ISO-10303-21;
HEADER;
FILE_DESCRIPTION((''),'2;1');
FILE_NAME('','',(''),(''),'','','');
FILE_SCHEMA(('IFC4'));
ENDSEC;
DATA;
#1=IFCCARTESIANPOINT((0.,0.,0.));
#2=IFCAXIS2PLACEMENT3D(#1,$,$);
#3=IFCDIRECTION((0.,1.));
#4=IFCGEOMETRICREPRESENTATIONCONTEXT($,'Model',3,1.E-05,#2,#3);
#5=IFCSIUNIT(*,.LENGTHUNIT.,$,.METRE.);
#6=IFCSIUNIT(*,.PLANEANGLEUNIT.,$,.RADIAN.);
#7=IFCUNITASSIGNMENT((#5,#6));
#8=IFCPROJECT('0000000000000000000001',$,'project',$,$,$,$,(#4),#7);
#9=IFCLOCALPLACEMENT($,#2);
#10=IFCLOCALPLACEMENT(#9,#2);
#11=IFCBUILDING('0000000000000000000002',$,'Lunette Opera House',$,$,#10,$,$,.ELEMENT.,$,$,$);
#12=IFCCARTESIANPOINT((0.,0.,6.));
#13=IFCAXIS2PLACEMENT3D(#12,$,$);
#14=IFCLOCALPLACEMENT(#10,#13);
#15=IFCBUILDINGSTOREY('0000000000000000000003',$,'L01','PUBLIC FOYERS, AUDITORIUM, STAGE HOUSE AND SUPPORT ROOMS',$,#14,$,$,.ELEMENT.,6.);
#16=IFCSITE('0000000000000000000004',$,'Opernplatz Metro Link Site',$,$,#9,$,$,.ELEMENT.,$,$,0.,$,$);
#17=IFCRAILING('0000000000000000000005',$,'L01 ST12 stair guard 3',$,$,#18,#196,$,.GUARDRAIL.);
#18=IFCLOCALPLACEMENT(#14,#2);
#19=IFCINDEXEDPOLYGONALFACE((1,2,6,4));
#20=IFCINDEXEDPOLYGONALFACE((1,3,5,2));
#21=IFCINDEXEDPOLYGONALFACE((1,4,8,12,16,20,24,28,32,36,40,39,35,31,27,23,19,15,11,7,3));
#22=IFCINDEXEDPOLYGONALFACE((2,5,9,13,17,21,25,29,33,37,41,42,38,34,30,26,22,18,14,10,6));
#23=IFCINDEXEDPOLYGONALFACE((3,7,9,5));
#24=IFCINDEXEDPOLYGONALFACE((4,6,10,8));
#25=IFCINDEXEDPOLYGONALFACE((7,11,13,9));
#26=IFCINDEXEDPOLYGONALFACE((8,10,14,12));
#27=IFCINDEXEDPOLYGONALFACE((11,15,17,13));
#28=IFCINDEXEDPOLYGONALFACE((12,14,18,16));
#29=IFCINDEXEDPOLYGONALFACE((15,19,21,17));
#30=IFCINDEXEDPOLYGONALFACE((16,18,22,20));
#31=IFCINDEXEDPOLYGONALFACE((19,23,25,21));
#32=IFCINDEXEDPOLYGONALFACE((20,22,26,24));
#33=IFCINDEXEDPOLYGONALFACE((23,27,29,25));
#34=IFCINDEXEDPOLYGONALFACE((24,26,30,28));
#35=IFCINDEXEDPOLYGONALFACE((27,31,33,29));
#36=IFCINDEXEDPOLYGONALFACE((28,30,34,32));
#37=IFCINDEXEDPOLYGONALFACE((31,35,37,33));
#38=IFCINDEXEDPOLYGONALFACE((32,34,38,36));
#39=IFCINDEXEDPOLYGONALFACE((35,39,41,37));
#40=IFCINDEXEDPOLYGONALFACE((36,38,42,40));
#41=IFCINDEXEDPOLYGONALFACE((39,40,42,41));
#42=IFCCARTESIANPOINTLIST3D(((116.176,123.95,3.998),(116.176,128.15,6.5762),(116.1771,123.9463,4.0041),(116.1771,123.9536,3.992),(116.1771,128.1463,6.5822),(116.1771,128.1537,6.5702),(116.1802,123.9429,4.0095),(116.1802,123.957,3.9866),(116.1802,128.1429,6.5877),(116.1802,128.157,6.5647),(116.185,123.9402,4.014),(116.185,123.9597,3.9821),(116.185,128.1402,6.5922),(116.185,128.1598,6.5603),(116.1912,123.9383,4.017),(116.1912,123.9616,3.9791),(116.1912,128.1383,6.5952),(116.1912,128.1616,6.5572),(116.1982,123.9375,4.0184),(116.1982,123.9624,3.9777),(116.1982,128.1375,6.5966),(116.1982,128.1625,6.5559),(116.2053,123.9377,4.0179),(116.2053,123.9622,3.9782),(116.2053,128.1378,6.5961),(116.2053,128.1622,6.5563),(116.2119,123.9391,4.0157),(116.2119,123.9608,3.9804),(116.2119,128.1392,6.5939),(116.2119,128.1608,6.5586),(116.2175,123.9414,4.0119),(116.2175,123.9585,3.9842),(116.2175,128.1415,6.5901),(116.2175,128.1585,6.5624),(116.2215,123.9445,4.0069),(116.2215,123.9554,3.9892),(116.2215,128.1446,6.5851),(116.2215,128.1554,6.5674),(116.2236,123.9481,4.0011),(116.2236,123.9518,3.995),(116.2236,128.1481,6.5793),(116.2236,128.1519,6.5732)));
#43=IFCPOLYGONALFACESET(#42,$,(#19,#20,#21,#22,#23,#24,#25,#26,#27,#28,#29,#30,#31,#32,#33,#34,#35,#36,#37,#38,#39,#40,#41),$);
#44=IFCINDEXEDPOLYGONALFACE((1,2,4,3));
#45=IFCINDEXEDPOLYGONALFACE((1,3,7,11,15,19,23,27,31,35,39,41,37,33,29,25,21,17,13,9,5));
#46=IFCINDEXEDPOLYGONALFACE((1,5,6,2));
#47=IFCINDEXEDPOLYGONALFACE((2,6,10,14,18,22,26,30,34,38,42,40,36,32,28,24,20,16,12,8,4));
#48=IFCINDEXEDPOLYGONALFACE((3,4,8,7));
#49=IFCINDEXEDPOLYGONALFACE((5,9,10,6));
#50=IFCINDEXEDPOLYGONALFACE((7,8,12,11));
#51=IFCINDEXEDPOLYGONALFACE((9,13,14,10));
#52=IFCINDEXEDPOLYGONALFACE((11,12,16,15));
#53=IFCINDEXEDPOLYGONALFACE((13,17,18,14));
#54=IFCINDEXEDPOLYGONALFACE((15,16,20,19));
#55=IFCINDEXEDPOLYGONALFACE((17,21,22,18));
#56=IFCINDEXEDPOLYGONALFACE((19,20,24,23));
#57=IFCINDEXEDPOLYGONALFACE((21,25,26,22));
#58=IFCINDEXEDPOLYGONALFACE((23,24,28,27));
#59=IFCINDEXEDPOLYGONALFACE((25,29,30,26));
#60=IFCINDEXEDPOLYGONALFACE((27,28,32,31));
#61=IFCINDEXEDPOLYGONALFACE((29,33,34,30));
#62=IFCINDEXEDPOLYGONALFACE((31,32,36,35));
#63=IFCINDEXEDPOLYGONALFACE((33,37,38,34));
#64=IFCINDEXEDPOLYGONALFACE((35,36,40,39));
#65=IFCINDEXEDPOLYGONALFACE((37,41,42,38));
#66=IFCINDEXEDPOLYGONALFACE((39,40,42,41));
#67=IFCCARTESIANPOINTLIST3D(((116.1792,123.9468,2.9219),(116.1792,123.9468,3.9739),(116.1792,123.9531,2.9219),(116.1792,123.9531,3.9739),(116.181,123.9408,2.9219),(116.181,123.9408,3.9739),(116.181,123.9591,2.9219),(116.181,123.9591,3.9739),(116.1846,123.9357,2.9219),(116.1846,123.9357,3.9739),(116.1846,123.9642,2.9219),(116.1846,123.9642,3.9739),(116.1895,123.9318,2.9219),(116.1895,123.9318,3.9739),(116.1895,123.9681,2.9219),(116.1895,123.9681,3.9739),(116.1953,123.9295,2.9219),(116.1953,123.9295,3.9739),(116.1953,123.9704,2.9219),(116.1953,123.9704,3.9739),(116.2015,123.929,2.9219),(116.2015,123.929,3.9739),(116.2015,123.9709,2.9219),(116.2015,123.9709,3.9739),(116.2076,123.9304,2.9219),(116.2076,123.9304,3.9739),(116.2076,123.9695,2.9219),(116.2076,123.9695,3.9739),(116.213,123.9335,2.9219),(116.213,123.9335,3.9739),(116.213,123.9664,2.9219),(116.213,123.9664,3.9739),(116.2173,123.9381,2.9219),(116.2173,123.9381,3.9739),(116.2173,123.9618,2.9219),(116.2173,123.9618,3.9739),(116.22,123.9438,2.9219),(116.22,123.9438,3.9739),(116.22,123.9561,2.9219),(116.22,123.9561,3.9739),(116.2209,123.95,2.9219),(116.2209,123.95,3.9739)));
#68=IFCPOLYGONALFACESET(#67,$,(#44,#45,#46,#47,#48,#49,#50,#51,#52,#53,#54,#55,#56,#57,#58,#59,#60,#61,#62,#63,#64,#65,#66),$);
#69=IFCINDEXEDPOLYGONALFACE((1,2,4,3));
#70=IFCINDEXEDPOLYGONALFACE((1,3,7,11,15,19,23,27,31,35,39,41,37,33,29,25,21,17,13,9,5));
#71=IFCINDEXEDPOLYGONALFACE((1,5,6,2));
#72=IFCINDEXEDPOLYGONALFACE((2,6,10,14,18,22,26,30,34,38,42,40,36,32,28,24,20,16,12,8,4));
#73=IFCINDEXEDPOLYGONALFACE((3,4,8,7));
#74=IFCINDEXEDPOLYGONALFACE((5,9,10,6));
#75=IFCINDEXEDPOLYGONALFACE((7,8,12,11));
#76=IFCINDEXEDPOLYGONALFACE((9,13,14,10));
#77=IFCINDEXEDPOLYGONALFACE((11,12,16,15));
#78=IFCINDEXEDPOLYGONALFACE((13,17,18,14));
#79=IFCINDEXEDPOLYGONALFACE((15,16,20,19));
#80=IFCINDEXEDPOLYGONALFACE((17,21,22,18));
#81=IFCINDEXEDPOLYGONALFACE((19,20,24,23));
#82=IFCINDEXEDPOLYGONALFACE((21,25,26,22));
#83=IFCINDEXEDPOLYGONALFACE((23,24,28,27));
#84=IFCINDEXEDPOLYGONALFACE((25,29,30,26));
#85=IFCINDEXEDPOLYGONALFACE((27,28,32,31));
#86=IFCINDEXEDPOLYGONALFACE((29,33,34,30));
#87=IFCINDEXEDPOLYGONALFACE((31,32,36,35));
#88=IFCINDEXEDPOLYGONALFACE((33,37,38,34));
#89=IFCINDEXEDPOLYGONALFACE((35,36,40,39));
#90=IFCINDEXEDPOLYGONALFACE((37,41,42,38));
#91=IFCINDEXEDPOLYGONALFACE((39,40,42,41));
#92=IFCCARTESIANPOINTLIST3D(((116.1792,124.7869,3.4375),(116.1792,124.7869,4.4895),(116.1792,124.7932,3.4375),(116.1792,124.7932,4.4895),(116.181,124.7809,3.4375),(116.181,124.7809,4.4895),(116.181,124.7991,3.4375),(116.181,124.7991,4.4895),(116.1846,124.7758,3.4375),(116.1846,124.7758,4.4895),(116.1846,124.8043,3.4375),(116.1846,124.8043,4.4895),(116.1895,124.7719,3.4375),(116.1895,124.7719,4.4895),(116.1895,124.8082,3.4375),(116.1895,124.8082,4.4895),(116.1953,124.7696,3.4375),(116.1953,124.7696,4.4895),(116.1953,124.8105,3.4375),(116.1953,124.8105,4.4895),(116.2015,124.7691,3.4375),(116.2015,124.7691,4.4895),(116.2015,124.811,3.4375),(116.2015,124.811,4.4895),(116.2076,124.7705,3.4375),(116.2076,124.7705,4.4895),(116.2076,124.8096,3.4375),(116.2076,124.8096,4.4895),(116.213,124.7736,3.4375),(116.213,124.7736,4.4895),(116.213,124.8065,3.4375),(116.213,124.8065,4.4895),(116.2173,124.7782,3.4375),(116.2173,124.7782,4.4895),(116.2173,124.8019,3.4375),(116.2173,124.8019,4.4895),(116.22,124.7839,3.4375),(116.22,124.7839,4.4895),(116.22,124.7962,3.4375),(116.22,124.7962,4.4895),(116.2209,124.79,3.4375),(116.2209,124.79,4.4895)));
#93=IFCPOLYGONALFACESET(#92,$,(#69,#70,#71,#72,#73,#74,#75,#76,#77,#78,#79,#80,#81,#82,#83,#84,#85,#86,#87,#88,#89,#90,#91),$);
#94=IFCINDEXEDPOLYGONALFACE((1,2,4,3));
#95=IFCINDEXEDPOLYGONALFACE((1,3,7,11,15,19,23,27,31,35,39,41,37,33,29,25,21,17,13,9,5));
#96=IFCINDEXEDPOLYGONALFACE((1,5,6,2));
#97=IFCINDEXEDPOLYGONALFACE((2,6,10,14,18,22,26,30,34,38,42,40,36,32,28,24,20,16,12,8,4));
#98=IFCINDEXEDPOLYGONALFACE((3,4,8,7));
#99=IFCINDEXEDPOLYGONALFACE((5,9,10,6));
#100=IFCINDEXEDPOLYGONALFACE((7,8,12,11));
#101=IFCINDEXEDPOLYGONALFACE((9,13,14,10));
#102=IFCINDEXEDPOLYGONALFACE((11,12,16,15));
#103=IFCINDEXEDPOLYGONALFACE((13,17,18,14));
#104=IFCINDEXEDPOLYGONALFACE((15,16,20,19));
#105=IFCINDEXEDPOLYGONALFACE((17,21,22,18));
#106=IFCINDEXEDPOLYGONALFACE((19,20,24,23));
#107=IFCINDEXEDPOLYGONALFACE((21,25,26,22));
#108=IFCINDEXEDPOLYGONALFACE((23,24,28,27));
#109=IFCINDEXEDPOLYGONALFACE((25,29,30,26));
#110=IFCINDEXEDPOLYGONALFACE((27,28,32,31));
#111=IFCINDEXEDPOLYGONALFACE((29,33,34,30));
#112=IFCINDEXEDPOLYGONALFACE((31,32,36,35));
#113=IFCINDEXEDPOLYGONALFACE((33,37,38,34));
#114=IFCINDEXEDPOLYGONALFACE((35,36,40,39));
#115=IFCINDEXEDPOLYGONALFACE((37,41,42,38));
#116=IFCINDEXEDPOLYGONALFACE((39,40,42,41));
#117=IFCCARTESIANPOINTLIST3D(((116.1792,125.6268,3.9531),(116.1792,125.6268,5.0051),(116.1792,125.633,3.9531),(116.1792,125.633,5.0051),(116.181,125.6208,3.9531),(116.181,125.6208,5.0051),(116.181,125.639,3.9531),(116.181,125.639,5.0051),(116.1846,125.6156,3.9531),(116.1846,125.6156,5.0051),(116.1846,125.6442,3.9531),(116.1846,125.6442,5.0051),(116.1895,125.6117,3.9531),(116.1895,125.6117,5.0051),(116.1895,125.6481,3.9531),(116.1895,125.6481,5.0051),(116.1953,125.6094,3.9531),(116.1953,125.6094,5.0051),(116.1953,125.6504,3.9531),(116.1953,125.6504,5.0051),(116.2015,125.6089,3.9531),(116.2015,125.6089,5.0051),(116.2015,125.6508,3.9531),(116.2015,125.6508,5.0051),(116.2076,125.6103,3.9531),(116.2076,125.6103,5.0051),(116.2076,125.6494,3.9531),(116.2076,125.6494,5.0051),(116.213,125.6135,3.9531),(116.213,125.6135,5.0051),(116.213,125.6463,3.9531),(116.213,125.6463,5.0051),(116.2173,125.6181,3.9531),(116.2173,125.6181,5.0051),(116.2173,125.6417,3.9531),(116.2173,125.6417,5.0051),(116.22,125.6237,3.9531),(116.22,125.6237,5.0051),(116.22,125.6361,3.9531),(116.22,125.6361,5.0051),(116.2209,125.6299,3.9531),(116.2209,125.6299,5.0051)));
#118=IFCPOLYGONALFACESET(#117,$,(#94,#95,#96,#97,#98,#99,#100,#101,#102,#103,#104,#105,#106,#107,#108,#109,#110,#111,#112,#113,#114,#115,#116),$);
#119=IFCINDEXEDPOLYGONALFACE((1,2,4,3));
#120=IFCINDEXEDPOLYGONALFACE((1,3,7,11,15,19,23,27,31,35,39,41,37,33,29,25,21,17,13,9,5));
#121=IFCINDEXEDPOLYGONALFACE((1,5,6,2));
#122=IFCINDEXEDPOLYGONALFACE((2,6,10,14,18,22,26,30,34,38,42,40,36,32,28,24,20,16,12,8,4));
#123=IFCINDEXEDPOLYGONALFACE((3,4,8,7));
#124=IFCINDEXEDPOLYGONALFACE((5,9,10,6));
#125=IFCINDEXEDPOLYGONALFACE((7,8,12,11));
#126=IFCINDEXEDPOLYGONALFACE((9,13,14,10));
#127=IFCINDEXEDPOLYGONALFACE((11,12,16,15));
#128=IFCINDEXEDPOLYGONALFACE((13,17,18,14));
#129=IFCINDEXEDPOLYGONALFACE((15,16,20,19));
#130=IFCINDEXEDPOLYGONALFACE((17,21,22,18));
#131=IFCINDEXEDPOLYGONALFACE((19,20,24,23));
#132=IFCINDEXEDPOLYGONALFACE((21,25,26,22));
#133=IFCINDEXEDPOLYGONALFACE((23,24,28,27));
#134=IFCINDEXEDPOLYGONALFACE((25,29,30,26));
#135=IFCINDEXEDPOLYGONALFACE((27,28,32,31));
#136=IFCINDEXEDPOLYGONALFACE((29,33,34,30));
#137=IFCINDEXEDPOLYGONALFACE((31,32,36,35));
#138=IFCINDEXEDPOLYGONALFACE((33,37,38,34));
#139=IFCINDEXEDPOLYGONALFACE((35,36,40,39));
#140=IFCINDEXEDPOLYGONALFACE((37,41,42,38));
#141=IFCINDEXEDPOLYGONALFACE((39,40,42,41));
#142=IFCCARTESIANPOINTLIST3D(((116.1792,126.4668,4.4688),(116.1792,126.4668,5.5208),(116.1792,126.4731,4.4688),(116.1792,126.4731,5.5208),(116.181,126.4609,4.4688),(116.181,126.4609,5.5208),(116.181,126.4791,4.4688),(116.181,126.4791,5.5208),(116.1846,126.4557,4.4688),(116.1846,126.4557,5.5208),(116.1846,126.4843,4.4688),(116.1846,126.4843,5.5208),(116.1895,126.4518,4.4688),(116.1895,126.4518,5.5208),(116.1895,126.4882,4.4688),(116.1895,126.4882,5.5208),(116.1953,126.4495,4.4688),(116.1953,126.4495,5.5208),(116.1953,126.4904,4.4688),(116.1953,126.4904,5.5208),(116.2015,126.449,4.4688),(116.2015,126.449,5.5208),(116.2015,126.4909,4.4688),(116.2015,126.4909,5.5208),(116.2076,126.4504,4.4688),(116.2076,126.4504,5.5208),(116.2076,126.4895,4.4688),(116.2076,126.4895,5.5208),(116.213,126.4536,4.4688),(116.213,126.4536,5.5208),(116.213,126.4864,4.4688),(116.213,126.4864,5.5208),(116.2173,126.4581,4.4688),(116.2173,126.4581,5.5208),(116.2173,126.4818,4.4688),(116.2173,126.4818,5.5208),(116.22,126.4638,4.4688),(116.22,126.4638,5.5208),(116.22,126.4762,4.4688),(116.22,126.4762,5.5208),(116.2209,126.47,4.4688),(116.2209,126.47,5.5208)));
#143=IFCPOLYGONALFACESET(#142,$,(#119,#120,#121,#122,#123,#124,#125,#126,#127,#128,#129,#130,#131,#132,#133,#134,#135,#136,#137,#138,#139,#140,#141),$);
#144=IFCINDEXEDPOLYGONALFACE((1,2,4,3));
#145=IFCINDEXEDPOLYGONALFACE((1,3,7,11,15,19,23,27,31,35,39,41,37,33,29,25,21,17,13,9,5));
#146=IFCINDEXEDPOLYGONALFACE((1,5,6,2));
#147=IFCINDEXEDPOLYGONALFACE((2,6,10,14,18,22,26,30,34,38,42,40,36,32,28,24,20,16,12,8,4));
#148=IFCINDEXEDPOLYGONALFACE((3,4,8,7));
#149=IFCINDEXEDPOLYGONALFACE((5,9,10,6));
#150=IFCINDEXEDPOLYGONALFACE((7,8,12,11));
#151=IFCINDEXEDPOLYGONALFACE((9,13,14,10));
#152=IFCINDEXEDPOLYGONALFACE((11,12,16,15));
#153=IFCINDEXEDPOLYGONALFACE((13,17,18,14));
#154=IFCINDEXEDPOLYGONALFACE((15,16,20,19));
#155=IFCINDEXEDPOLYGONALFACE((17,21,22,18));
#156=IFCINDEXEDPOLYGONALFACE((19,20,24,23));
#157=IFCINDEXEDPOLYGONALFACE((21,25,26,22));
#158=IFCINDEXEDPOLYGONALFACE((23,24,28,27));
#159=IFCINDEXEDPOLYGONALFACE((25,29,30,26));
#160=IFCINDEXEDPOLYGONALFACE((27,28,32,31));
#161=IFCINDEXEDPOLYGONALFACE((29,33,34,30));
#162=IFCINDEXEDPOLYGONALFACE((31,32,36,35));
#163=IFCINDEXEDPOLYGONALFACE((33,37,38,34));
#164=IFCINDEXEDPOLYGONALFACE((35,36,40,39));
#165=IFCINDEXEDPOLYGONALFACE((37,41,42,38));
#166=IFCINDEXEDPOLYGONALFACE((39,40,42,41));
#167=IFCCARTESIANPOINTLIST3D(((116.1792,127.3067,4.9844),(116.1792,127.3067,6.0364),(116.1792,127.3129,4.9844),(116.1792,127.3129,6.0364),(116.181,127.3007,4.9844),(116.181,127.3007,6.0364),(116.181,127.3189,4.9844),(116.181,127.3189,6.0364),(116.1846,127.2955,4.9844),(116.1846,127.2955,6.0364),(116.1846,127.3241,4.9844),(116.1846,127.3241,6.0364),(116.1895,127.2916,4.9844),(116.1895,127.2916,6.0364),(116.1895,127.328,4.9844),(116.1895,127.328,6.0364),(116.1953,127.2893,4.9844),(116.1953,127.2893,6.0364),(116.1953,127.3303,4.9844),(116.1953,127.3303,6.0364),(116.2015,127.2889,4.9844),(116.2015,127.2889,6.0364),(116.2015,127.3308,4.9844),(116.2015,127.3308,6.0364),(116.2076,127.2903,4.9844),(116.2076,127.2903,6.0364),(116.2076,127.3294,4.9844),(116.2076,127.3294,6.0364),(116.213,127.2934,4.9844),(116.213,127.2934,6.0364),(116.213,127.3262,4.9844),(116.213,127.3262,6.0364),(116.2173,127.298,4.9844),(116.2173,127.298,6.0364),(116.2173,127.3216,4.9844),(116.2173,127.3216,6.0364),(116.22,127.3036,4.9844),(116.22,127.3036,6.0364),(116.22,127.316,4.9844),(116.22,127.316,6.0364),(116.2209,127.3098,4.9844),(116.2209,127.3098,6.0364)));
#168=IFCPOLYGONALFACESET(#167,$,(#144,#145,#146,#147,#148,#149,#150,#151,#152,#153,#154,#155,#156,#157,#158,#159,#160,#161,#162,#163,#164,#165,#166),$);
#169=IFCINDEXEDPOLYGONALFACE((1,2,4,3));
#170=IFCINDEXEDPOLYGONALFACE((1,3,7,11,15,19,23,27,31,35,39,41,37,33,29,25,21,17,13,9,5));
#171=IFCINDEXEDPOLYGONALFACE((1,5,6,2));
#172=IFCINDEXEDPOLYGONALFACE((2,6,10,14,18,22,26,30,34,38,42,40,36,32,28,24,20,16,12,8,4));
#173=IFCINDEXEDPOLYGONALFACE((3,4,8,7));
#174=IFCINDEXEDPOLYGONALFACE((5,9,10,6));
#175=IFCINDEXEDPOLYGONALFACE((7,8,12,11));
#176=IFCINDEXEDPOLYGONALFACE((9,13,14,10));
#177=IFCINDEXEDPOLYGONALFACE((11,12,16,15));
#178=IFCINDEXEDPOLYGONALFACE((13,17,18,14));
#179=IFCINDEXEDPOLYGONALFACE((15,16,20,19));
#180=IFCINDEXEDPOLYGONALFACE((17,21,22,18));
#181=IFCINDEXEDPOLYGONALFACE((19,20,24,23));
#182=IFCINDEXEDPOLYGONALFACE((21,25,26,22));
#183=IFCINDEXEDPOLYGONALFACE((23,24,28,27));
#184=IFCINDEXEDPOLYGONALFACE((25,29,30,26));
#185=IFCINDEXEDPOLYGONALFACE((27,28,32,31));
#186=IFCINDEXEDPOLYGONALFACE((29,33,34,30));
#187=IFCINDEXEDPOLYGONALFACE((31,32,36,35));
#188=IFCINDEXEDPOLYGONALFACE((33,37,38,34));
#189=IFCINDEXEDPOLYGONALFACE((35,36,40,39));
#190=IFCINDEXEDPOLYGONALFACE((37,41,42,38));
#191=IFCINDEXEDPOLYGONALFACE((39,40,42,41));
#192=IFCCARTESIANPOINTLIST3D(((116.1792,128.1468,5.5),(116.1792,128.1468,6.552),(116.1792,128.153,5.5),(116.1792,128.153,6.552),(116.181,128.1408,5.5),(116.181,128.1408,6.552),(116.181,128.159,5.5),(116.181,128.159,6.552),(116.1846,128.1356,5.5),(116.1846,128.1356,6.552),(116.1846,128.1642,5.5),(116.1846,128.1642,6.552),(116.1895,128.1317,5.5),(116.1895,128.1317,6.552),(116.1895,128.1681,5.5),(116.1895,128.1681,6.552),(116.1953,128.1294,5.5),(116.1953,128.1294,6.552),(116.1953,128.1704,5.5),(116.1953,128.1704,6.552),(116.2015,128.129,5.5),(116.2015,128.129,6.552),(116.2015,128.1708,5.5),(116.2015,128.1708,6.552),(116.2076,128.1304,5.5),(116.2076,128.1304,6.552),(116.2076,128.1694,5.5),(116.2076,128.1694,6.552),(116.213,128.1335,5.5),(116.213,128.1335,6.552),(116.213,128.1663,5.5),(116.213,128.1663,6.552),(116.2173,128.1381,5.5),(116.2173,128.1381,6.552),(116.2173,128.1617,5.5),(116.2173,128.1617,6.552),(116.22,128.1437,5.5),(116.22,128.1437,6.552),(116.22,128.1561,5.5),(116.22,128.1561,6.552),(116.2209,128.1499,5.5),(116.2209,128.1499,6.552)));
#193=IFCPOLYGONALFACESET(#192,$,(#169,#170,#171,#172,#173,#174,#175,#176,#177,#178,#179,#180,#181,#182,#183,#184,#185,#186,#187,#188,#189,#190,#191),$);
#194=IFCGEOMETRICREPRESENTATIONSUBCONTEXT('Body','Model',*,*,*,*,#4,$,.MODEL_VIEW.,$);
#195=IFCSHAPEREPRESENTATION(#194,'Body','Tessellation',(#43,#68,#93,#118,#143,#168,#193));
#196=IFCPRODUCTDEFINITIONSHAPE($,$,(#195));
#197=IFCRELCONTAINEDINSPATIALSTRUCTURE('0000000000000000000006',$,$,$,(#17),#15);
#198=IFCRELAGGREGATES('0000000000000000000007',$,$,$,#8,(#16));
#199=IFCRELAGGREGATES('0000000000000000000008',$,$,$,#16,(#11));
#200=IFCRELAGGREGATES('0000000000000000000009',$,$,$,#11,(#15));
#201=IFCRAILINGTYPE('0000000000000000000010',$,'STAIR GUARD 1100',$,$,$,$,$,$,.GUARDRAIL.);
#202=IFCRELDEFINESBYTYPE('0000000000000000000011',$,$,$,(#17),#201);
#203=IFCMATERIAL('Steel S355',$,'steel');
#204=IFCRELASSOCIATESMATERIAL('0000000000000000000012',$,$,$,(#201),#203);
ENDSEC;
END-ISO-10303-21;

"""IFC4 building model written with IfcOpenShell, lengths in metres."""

from ifc_helpers import new_model, si_unit, direction, frame, origin, origin_2d, place, context, subcontext, project, spatial, circle, extrude, material, type_object, element, save


model = new_model("IFC4")

# Units and contexts
model_context = context("Model", 3, precision=1e-05, world=origin(), true_north=direction((0.0, 1.0)))
body_context = subcontext(model_context, "Body", "Model", "MODEL_VIEW")
ifc_project = project(units=[si_unit("LENGTHUNIT", "METRE"), si_unit("PLANEANGLEUNIT", "RADIAN")], contexts=[model_context])

# Site, building, storey
site_placement = place(None, origin())
site = spatial("IfcSite", under=ifc_project, at=site_placement, Name="Opernplatz Metro Link Site", CompositionType="ELEMENT", RefElevation=0.0)
building_placement = place(site_placement, origin())
building = spatial("IfcBuilding", under=site, at=building_placement, Name="Lunette Opera House", CompositionType="ELEMENT")
storey_placement = place(building_placement, frame((0.0, 0.0, 6.0)))
storey = spatial("IfcBuildingStorey", under=building, at=storey_placement, Name="L01", Description="PUBLIC FOYERS, AUDITORIUM, STAGE HOUSE AND SUPPORT ROOMS", CompositionType="ELEMENT", Elevation=6.0)

# Railing
ifc_material_1 = material(Name="Steel S355", Category="steel")
railing_type_1 = type_object("IfcRailingType", Name="STAIR GUARD 1100", PredefinedType="GUARDRAIL", material=ifc_material_1)
railing_1_placement = place(storey_placement, frame((116.2, 123.95, 2.9219)))
element("IfcRailing", 1, at=railing_1_placement, inside=storey, type_object=railing_type_1, Name="L01 ST12 stair guard 3", PredefinedType="GUARDRAIL", context=body_context, shape_type="SweptSolid", body=[
    extrude(circle(Radius=0.0239, at=origin_2d()), frame((0.0, 0.0, 1.0762), z_axis=(0.0, 0.852243, 0.523146), x_axis=(-1.0, 0.0, 0.0)), (0.0, 0.0, 1.0), 4.9282),
    extrude(circle(Radius=0.021, at=origin_2d()), origin(), (0.0, 0.0, 1.0), 1.052),
    extrude(circle(Radius=0.021, at=origin_2d()), frame((0.0, 0.8401, 0.5156)), (0.0, 0.0, 1.0), 1.052),
    extrude(circle(Radius=0.021, at=origin_2d()), frame((0.0, 1.6799, 1.0312)), (0.0, 0.0, 1.0), 1.052),
    extrude(circle(Radius=0.021, at=origin_2d()), frame((0.0, 2.52, 1.5469)), (0.0, 0.0, 1.0), 1.052),
    extrude(circle(Radius=0.021, at=origin_2d()), frame((0.0, 3.3599, 2.0625)), (0.0, 0.0, 1.0), 1.052),
    extrude(circle(Radius=0.021, at=origin_2d()), frame((0.0, 4.2, 2.5781)), (0.0, 0.0, 1.0), 1.052),
])

save(model, "model.ifc")
